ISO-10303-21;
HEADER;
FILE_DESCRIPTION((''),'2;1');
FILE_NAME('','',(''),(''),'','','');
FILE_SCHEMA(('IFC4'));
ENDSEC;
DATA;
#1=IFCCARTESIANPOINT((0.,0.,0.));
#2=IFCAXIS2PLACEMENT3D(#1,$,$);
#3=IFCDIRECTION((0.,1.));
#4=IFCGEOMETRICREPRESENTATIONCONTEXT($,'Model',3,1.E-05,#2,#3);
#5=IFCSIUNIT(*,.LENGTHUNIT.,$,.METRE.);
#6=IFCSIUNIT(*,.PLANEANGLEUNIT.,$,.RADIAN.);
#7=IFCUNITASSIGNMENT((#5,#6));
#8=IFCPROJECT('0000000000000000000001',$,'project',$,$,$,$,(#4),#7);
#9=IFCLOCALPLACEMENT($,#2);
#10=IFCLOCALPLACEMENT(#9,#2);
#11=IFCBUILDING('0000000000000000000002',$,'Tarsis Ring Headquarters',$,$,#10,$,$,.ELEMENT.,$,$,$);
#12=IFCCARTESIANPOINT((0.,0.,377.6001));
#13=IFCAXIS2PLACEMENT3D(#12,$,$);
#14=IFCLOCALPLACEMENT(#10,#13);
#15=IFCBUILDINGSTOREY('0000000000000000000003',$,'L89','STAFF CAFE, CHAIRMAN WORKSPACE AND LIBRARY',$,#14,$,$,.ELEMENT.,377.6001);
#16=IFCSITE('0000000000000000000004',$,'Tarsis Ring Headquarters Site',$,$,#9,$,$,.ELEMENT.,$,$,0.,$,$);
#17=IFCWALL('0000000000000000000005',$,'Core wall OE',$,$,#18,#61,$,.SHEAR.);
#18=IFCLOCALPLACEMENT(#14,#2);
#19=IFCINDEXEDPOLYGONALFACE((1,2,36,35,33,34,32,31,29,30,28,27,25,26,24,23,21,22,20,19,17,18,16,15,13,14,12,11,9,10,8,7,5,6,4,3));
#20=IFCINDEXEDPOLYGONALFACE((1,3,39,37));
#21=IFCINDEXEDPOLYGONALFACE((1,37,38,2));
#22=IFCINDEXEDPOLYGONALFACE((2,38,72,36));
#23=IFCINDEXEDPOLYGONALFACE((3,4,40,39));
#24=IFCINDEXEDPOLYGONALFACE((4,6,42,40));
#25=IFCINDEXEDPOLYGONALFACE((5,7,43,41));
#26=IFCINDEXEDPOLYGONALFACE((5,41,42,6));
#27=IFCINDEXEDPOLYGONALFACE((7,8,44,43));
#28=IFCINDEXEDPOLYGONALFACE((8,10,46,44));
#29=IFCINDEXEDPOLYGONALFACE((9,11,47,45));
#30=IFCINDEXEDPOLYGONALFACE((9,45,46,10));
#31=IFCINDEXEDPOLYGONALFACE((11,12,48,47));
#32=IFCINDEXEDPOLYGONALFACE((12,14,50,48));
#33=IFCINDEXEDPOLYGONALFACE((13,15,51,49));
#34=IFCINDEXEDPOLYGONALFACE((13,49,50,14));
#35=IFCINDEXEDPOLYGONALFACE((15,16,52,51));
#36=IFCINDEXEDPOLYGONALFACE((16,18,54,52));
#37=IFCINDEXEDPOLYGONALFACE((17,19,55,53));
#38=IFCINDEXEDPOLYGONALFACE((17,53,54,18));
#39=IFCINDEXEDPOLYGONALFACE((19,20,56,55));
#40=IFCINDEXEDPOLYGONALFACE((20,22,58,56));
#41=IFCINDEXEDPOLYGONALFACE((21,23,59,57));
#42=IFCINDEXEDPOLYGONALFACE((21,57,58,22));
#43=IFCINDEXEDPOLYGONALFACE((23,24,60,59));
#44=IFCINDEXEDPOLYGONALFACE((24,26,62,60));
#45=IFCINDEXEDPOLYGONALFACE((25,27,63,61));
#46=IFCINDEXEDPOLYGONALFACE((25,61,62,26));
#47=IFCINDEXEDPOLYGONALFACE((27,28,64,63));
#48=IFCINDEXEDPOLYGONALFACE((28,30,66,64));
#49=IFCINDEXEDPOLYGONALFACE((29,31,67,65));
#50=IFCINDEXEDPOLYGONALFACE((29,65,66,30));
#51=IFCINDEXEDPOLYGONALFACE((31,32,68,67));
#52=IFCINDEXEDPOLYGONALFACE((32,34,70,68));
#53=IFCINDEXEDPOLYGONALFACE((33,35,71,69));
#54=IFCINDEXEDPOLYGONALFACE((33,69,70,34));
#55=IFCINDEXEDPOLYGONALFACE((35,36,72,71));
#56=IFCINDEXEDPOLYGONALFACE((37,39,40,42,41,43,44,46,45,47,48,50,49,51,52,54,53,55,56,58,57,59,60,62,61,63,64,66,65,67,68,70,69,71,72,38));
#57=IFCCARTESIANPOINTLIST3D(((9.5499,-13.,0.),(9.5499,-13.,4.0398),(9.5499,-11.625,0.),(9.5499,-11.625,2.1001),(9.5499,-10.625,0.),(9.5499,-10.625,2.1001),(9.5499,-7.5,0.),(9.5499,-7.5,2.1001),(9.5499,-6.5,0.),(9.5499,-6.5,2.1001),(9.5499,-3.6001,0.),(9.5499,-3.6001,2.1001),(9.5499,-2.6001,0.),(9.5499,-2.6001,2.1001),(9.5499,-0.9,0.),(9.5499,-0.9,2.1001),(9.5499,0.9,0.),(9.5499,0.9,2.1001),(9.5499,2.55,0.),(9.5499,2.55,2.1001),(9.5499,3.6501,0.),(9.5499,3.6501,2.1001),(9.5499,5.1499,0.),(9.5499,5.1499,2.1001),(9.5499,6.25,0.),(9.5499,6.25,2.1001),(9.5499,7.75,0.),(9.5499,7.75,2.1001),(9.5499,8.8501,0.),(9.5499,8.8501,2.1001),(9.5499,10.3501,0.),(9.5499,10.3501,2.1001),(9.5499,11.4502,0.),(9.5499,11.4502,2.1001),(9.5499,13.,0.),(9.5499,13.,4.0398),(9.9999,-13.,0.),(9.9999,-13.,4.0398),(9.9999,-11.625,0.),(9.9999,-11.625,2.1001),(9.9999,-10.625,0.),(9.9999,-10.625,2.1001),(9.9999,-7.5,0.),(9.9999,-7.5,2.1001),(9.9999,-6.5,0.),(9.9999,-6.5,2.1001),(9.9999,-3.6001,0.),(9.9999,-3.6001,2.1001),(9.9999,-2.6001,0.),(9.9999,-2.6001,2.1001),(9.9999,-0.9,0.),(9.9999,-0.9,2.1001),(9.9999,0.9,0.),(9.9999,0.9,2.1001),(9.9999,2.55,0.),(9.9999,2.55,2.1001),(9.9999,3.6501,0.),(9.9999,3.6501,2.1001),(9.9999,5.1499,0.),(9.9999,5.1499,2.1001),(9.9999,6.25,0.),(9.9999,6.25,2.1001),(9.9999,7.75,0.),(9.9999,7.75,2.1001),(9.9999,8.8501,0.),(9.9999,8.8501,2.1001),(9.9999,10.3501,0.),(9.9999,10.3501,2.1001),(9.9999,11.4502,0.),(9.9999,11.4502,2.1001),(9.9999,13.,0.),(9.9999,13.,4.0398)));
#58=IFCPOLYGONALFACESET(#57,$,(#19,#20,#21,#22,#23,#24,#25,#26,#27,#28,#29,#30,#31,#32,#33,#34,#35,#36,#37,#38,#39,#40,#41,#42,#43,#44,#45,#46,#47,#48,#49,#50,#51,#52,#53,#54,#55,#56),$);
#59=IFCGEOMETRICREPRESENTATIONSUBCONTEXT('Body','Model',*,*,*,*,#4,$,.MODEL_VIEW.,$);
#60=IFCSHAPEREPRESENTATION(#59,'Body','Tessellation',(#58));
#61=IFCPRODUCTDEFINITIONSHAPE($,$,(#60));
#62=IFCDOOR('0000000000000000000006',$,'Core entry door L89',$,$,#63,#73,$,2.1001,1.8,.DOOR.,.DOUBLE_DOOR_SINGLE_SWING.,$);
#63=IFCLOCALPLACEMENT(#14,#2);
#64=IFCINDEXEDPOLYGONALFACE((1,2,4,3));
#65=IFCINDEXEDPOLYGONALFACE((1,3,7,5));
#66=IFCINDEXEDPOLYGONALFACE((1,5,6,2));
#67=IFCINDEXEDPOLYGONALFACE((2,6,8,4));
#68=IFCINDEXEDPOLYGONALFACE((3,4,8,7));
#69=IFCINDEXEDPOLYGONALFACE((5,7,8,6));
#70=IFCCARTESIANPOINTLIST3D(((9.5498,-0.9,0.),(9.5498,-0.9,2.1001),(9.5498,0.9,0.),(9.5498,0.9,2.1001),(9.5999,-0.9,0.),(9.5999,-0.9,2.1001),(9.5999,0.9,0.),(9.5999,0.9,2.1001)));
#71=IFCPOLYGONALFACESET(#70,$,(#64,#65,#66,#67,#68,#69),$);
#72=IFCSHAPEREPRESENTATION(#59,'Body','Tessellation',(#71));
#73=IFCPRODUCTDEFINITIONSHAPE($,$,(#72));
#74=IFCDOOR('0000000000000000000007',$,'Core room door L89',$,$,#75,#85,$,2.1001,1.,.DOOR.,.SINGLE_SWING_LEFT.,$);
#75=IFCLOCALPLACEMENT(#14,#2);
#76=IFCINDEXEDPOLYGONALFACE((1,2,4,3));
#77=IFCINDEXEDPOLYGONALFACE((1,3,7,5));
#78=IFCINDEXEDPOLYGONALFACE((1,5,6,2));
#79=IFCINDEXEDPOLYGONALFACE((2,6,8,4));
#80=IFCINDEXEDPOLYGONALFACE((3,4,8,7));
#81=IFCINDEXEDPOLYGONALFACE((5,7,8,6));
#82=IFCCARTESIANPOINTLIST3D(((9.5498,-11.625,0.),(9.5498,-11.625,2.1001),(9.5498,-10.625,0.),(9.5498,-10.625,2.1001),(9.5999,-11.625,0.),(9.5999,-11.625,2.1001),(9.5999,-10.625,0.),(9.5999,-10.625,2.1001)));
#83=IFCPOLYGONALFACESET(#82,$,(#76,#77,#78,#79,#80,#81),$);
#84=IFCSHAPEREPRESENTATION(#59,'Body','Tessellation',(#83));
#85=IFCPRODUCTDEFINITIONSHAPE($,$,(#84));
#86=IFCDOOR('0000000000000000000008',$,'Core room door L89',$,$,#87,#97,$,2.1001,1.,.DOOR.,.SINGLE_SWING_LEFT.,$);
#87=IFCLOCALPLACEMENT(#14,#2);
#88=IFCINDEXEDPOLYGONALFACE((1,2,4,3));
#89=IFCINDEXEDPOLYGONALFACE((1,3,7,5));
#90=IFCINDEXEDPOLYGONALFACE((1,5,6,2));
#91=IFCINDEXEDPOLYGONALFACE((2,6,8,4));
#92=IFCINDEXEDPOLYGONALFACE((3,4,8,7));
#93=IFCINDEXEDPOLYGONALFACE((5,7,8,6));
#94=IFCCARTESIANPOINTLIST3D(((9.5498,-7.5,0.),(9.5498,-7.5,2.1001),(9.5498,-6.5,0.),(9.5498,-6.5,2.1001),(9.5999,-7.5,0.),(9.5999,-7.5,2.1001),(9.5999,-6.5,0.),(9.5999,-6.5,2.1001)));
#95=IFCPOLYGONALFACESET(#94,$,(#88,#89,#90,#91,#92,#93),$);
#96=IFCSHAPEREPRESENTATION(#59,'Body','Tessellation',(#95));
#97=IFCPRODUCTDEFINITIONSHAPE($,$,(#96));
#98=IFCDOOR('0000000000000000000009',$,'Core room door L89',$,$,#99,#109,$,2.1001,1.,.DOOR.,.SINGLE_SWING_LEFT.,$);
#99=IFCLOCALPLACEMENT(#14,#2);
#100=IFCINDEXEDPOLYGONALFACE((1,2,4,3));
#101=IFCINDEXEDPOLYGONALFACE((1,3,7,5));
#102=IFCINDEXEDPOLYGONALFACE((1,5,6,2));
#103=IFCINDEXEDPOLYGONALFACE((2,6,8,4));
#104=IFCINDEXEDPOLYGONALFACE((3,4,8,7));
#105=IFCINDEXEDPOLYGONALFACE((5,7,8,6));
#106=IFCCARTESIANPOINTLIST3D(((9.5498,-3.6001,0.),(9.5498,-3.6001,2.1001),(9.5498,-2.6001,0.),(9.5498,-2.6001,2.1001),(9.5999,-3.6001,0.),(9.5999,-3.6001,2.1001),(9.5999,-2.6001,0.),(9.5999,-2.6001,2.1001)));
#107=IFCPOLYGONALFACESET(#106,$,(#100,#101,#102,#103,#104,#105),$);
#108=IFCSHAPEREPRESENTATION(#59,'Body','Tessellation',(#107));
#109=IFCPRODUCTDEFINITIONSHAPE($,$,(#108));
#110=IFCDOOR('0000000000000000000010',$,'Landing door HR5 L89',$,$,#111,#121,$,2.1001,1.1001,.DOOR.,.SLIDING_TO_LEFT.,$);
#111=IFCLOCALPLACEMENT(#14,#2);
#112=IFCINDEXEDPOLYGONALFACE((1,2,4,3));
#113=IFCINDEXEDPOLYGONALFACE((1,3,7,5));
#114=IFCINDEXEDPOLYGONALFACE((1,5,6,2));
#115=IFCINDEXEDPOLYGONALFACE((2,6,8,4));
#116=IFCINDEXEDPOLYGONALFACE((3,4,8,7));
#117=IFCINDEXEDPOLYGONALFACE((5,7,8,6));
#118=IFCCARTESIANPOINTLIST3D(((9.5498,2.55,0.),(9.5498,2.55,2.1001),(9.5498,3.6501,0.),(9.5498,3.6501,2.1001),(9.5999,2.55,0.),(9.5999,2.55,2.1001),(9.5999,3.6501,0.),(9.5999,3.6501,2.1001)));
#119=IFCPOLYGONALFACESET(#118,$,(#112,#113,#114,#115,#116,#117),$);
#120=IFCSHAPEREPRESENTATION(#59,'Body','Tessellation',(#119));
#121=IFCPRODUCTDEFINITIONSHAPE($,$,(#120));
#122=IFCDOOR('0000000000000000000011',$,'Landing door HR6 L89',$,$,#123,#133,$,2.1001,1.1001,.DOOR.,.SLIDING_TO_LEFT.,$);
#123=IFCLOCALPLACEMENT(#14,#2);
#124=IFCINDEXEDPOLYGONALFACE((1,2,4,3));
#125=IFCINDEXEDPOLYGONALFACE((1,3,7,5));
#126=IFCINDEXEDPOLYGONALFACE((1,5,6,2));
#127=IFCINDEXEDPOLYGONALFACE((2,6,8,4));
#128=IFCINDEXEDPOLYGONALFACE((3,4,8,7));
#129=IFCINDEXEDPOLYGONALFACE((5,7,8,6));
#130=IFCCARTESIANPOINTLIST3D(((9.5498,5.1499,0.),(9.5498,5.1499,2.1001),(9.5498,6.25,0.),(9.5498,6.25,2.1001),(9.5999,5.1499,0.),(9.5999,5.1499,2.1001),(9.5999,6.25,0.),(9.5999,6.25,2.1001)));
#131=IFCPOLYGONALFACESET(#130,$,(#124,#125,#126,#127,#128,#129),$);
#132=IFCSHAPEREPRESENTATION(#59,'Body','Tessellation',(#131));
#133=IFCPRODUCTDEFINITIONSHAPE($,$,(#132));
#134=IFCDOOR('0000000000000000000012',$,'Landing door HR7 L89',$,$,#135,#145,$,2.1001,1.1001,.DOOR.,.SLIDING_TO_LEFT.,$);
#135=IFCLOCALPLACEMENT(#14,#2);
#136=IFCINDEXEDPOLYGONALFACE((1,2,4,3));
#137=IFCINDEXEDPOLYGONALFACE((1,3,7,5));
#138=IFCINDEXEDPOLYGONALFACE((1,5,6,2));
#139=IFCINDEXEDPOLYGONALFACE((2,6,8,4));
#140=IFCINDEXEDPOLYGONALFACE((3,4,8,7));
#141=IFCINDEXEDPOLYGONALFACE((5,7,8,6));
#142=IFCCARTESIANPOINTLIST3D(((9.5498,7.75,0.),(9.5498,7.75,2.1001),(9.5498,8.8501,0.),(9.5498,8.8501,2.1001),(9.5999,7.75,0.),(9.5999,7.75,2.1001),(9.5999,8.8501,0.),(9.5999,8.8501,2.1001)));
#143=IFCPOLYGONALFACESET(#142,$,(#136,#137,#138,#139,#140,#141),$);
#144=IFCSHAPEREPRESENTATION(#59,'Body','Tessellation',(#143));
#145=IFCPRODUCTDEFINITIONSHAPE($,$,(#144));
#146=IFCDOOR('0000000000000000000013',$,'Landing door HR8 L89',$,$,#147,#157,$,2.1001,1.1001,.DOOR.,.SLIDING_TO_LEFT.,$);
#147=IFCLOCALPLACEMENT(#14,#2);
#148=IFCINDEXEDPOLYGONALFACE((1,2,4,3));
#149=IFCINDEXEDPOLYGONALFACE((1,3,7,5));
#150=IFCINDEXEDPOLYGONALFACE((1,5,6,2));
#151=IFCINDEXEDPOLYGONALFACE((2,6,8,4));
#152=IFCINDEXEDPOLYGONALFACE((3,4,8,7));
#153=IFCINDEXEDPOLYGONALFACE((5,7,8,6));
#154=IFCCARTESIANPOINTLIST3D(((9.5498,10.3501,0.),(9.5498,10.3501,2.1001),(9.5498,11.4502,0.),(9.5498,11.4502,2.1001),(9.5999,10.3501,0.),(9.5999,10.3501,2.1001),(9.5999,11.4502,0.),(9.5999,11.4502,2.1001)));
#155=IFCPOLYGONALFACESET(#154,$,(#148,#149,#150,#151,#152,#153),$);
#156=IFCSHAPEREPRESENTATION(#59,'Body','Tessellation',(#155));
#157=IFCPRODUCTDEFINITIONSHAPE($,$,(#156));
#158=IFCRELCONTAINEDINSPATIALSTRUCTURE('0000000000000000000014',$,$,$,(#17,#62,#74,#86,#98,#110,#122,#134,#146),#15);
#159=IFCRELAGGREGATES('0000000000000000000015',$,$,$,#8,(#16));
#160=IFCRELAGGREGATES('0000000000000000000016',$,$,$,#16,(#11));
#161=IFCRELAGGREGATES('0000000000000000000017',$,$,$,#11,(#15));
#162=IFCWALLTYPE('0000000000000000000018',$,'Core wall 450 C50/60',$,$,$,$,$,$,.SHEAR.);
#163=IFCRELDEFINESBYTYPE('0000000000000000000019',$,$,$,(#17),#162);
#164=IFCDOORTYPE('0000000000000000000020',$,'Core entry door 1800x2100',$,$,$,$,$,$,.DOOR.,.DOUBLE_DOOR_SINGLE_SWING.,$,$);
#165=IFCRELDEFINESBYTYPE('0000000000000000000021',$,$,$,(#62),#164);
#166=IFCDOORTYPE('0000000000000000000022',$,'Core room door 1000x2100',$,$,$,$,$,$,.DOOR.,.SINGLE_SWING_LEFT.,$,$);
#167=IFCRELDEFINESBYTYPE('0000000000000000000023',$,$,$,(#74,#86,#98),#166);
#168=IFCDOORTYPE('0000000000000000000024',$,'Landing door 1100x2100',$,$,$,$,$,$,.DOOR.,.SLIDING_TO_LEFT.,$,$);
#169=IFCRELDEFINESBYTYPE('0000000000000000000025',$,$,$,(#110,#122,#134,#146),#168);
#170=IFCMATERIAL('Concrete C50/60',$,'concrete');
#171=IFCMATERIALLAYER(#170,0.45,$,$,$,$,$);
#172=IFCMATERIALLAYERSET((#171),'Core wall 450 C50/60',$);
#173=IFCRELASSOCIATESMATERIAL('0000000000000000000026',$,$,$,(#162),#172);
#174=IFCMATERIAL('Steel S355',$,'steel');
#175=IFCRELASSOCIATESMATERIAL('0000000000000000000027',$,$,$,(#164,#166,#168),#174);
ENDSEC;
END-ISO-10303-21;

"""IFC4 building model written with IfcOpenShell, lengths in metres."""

from ifc_helpers import new_model, si_unit, direction, frame, frame_2d, origin, place, context, subcontext, project, spatial, rectangle, extrude, material, layer, layer_set, type_object, element, fill, save


model = new_model("IFC4")

# Units and contexts
model_context = context("Model", 3, precision=1e-05, world=origin(), true_north=direction((0.0, 1.0)))
body_context = subcontext(model_context, "Body", "Model", "MODEL_VIEW")
ifc_project = project(units=[si_unit("LENGTHUNIT", "METRE"), si_unit("PLANEANGLEUNIT", "RADIAN")], contexts=[model_context])

# Site, building, storey
site_placement = place(None, origin())
site = spatial("IfcSite", under=ifc_project, at=site_placement, Name="Tarsis Ring Headquarters Site", CompositionType="ELEMENT", RefElevation=0.0)
building_placement = place(site_placement, origin())
building = spatial("IfcBuilding", under=site, at=building_placement, Name="Tarsis Ring Headquarters", CompositionType="ELEMENT")
storey_placement = place(building_placement, frame((0.0, 0.0, 377.6001)))
storey = spatial("IfcBuildingStorey", under=building, at=storey_placement, Name="L89", Description="STAFF CAFE, CHAIRMAN WORKSPACE AND LIBRARY", CompositionType="ELEMENT", Elevation=377.6001)

# Wall, openings, doors
ifc_material_1 = material(Name="Concrete C50/60", Category="concrete")
ifc_layer_1 = layer(ifc_material_1, 0.45)
ifc_layer_set_1 = layer_set([ifc_layer_1], Name="Core wall 450 C50/60")
wall_type_1 = type_object("IfcWallType", Name="Core wall 450 C50/60", PredefinedType="SHEAR", material=ifc_layer_set_1)
wall_1_placement = place(storey_placement, frame((9.7749, -13.0, 0.0), z_axis=(0.0, 0.0, 1.0), x_axis=(0.0, 1.0, 0.0)))
wall_1 = element("IfcWall", 1, at=wall_1_placement, inside=storey, type_object=wall_type_1, Name="Core wall OE", PredefinedType="SHEAR", context=body_context, shape_type="SweptSolid", body=[
    extrude(rectangle(XDim=26.0, YDim=0.45, at=frame_2d((13.0, 0.0))), origin(), (0.0, 0.0, 1.0), 4.0398),
])
opening_1_placement = place(wall_1_placement, frame((1.375, 0.0, 0.0)))
opening_1 = element("IfcOpeningElement", 2, at=opening_1_placement, cuts=wall_1, PredefinedType="OPENING", context=body_context, shape_type="SweptSolid", body=[
    extrude(rectangle(XDim=1.0, YDim=2.1001, at=frame_2d((0.5, 1.05))), frame((0.0, 0.2349, 0.0), z_axis=(0.0, -1.0, 0.0), x_axis=(1.0, 0.0, 0.0)), (0.0, 0.0, 1.0), 0.47),
])
opening_2_placement = place(wall_1_placement, frame((5.5, 0.0, 0.0)))
opening_2 = element("IfcOpeningElement", 3, at=opening_2_placement, cuts=wall_1, PredefinedType="OPENING", context=body_context, shape_type="SweptSolid", body=[
    extrude(rectangle(XDim=1.0, YDim=2.1001, at=frame_2d((0.5, 1.05))), frame((0.0, 0.2349, 0.0), z_axis=(0.0, -1.0, 0.0), x_axis=(1.0, 0.0, 0.0)), (0.0, 0.0, 1.0), 0.47),
])
opening_3_placement = place(wall_1_placement, frame((9.3999, 0.0, 0.0)))
opening_3 = element("IfcOpeningElement", 4, at=opening_3_placement, cuts=wall_1, PredefinedType="OPENING", context=body_context, shape_type="SweptSolid", body=[
    extrude(rectangle(XDim=1.0, YDim=2.1001, at=frame_2d((0.5, 1.05))), frame((0.0, 0.2349, 0.0), z_axis=(0.0, -1.0, 0.0), x_axis=(1.0, 0.0, 0.0)), (0.0, 0.0, 1.0), 0.47),
])
opening_4_placement = place(wall_1_placement, frame((12.1001, 0.0, 0.0)))
opening_4 = element("IfcOpeningElement", 5, at=opening_4_placement, cuts=wall_1, PredefinedType="OPENING", context=body_context, shape_type="SweptSolid", body=[
    extrude(rectangle(XDim=1.8, YDim=2.1001, at=frame_2d((0.8999, 1.05))), frame((0.0, 0.2349, 0.0), z_axis=(0.0, -1.0, 0.0), x_axis=(1.0, 0.0, 0.0)), (0.0, 0.0, 1.0), 0.47),
])
opening_5_placement = place(wall_1_placement, frame((15.55, 0.0, 0.0)))
opening_5 = element("IfcOpeningElement", 6, at=opening_5_placement, cuts=wall_1, PredefinedType="OPENING", context=body_context, shape_type="SweptSolid", body=[
    extrude(rectangle(XDim=1.1001, YDim=2.1001, at=frame_2d((0.55, 1.05))), frame((0.0, 0.2349, 0.0), z_axis=(0.0, -1.0, 0.0), x_axis=(1.0, 0.0, 0.0)), (0.0, 0.0, 1.0), 0.47),
])
opening_6_placement = place(wall_1_placement, frame((18.1499, 0.0, 0.0)))
opening_6 = element("IfcOpeningElement", 7, at=opening_6_placement, cuts=wall_1, PredefinedType="OPENING", context=body_context, shape_type="SweptSolid", body=[
    extrude(rectangle(XDim=1.1001, YDim=2.1001, at=frame_2d((0.55, 1.05))), frame((0.0, 0.2349, 0.0), z_axis=(0.0, -1.0, 0.0), x_axis=(1.0, 0.0, 0.0)), (0.0, 0.0, 1.0), 0.47),
])
opening_7_placement = place(wall_1_placement, frame((20.75, 0.0, 0.0)))
opening_7 = element("IfcOpeningElement", 8, at=opening_7_placement, cuts=wall_1, PredefinedType="OPENING", context=body_context, shape_type="SweptSolid", body=[
    extrude(rectangle(XDim=1.1001, YDim=2.1001, at=frame_2d((0.55, 1.05))), frame((0.0, 0.2349, 0.0), z_axis=(0.0, -1.0, 0.0), x_axis=(1.0, 0.0, 0.0)), (0.0, 0.0, 1.0), 0.47),
])
opening_8_placement = place(wall_1_placement, frame((23.3501, 0.0, 0.0)))
opening_8 = element("IfcOpeningElement", 9, at=opening_8_placement, cuts=wall_1, PredefinedType="OPENING", context=body_context, shape_type="SweptSolid", body=[
    extrude(rectangle(XDim=1.1001, YDim=2.1001, at=frame_2d((0.55, 1.05))), frame((0.0, 0.2349, 0.0), z_axis=(0.0, -1.0, 0.0), x_axis=(1.0, 0.0, 0.0)), (0.0, 0.0, 1.0), 0.47),
])
ifc_material_2 = material(Name="Steel S355", Category="steel")
door_type_1 = type_object("IfcDoorType", Name="Core entry door 1800x2100", OperationType="DOUBLE_DOOR_SINGLE_SWING", PredefinedType="DOOR", material=ifc_material_2)
door_1_placement = place(opening_4_placement, origin())
door_1 = element("IfcDoor", 10, at=door_1_placement, inside=storey, type_object=door_type_1, Name="Core entry door L89", OperationType="DOUBLE_DOOR_SINGLE_SWING", OverallHeight=2.1001, OverallWidth=1.8, PredefinedType="DOOR", context=body_context, shape_type="SweptSolid", body=[
    extrude(rectangle(XDim=1.8, YDim=2.1001, at=frame_2d((0.8999, 1.05))), frame((0.0, 0.2251, 0.0), z_axis=(0.0, -1.0, 0.0), x_axis=(1.0, 0.0, 0.0)), (0.0, 0.0, 1.0), 0.05),
])
fill(opening_4, door_1)
door_type_2 = type_object("IfcDoorType", Name="Core room door 1000x2100", OperationType="SINGLE_SWING_LEFT", PredefinedType="DOOR", material=ifc_material_2)
door_2_placement = place(opening_1_placement, origin())
door_2 = element("IfcDoor", 11, at=door_2_placement, inside=storey, type_object=door_type_2, Name="Core room door L89", OperationType="SINGLE_SWING_LEFT", OverallHeight=2.1001, OverallWidth=1.0, PredefinedType="DOOR", context=body_context, shape_type="SweptSolid", body=[
    extrude(rectangle(XDim=1.0, YDim=2.1001, at=frame_2d((0.5, 1.05))), frame((0.0, 0.2251, 0.0), z_axis=(0.0, -1.0, 0.0), x_axis=(1.0, 0.0, 0.0)), (0.0, 0.0, 1.0), 0.05),
])
fill(opening_1, door_2)
door_3_placement = place(opening_2_placement, origin())
door_3 = element("IfcDoor", 12, at=door_3_placement, inside=storey, type_object=door_type_2, Name="Core room door L89", OperationType="SINGLE_SWING_LEFT", OverallHeight=2.1001, OverallWidth=1.0, PredefinedType="DOOR", context=body_context, shape_type="SweptSolid", body=[
    extrude(rectangle(XDim=1.0, YDim=2.1001, at=frame_2d((0.5, 1.05))), frame((0.0, 0.2251, 0.0), z_axis=(0.0, -1.0, 0.0), x_axis=(1.0, 0.0, 0.0)), (0.0, 0.0, 1.0), 0.05),
])
fill(opening_2, door_3)
door_4_placement = place(opening_3_placement, origin())
door_4 = element("IfcDoor", 13, at=door_4_placement, inside=storey, type_object=door_type_2, Name="Core room door L89", OperationType="SINGLE_SWING_LEFT", OverallHeight=2.1001, OverallWidth=1.0, PredefinedType="DOOR", context=body_context, shape_type="SweptSolid", body=[
    extrude(rectangle(XDim=1.0, YDim=2.1001, at=frame_2d((0.5, 1.05))), frame((0.0, 0.2251, 0.0), z_axis=(0.0, -1.0, 0.0), x_axis=(1.0, 0.0, 0.0)), (0.0, 0.0, 1.0), 0.05),
])
fill(opening_3, door_4)
door_type_3 = type_object("IfcDoorType", Name="Landing door 1100x2100", OperationType="SLIDING_TO_LEFT", PredefinedType="DOOR", material=ifc_material_2)
door_5_placement = place(opening_5_placement, origin())
door_5 = element("IfcDoor", 14, at=door_5_placement, inside=storey, type_object=door_type_3, Name="Landing door HR5 L89", OperationType="SLIDING_TO_LEFT", OverallHeight=2.1001, OverallWidth=1.1001, PredefinedType="DOOR", context=body_context, shape_type="SweptSolid", body=[
    extrude(rectangle(XDim=1.1001, YDim=2.1001, at=frame_2d((0.55, 1.05))), frame((0.0, 0.2251, 0.0), z_axis=(0.0, -1.0, 0.0), x_axis=(1.0, 0.0, 0.0)), (0.0, 0.0, 1.0), 0.05),
])
fill(opening_5, door_5)
door_6_placement = place(opening_6_placement, origin())
door_6 = element("IfcDoor", 15, at=door_6_placement, inside=storey, type_object=door_type_3, Name="Landing door HR6 L89", OperationType="SLIDING_TO_LEFT", OverallHeight=2.1001, OverallWidth=1.1001, PredefinedType="DOOR", context=body_context, shape_type="SweptSolid", body=[
    extrude(rectangle(XDim=1.1001, YDim=2.1001, at=frame_2d((0.55, 1.05))), frame((0.0, 0.2251, 0.0), z_axis=(0.0, -1.0, 0.0), x_axis=(1.0, 0.0, 0.0)), (0.0, 0.0, 1.0), 0.05),
])
fill(opening_6, door_6)
door_7_placement = place(opening_7_placement, origin())
door_7 = element("IfcDoor", 16, at=door_7_placement, inside=storey, type_object=door_type_3, Name="Landing door HR7 L89", OperationType="SLIDING_TO_LEFT", OverallHeight=2.1001, OverallWidth=1.1001, PredefinedType="DOOR", context=body_context, shape_type="SweptSolid", body=[
    extrude(rectangle(XDim=1.1001, YDim=2.1001, at=frame_2d((0.55, 1.05))), frame((0.0, 0.2251, 0.0), z_axis=(0.0, -1.0, 0.0), x_axis=(1.0, 0.0, 0.0)), (0.0, 0.0, 1.0), 0.05),
])
fill(opening_7, door_7)
door_8_placement = place(opening_8_placement, origin())
door_8 = element("IfcDoor", 17, at=door_8_placement, inside=storey, type_object=door_type_3, Name="Landing door HR8 L89", OperationType="SLIDING_TO_LEFT", OverallHeight=2.1001, OverallWidth=1.1001, PredefinedType="DOOR", context=body_context, shape_type="SweptSolid", body=[
    extrude(rectangle(XDim=1.1001, YDim=2.1001, at=frame_2d((0.55, 1.05))), frame((0.0, 0.2251, 0.0), z_axis=(0.0, -1.0, 0.0), x_axis=(1.0, 0.0, 0.0)), (0.0, 0.0, 1.0), 0.05),
])
fill(opening_8, door_8)

save(model, "model.ifc")
